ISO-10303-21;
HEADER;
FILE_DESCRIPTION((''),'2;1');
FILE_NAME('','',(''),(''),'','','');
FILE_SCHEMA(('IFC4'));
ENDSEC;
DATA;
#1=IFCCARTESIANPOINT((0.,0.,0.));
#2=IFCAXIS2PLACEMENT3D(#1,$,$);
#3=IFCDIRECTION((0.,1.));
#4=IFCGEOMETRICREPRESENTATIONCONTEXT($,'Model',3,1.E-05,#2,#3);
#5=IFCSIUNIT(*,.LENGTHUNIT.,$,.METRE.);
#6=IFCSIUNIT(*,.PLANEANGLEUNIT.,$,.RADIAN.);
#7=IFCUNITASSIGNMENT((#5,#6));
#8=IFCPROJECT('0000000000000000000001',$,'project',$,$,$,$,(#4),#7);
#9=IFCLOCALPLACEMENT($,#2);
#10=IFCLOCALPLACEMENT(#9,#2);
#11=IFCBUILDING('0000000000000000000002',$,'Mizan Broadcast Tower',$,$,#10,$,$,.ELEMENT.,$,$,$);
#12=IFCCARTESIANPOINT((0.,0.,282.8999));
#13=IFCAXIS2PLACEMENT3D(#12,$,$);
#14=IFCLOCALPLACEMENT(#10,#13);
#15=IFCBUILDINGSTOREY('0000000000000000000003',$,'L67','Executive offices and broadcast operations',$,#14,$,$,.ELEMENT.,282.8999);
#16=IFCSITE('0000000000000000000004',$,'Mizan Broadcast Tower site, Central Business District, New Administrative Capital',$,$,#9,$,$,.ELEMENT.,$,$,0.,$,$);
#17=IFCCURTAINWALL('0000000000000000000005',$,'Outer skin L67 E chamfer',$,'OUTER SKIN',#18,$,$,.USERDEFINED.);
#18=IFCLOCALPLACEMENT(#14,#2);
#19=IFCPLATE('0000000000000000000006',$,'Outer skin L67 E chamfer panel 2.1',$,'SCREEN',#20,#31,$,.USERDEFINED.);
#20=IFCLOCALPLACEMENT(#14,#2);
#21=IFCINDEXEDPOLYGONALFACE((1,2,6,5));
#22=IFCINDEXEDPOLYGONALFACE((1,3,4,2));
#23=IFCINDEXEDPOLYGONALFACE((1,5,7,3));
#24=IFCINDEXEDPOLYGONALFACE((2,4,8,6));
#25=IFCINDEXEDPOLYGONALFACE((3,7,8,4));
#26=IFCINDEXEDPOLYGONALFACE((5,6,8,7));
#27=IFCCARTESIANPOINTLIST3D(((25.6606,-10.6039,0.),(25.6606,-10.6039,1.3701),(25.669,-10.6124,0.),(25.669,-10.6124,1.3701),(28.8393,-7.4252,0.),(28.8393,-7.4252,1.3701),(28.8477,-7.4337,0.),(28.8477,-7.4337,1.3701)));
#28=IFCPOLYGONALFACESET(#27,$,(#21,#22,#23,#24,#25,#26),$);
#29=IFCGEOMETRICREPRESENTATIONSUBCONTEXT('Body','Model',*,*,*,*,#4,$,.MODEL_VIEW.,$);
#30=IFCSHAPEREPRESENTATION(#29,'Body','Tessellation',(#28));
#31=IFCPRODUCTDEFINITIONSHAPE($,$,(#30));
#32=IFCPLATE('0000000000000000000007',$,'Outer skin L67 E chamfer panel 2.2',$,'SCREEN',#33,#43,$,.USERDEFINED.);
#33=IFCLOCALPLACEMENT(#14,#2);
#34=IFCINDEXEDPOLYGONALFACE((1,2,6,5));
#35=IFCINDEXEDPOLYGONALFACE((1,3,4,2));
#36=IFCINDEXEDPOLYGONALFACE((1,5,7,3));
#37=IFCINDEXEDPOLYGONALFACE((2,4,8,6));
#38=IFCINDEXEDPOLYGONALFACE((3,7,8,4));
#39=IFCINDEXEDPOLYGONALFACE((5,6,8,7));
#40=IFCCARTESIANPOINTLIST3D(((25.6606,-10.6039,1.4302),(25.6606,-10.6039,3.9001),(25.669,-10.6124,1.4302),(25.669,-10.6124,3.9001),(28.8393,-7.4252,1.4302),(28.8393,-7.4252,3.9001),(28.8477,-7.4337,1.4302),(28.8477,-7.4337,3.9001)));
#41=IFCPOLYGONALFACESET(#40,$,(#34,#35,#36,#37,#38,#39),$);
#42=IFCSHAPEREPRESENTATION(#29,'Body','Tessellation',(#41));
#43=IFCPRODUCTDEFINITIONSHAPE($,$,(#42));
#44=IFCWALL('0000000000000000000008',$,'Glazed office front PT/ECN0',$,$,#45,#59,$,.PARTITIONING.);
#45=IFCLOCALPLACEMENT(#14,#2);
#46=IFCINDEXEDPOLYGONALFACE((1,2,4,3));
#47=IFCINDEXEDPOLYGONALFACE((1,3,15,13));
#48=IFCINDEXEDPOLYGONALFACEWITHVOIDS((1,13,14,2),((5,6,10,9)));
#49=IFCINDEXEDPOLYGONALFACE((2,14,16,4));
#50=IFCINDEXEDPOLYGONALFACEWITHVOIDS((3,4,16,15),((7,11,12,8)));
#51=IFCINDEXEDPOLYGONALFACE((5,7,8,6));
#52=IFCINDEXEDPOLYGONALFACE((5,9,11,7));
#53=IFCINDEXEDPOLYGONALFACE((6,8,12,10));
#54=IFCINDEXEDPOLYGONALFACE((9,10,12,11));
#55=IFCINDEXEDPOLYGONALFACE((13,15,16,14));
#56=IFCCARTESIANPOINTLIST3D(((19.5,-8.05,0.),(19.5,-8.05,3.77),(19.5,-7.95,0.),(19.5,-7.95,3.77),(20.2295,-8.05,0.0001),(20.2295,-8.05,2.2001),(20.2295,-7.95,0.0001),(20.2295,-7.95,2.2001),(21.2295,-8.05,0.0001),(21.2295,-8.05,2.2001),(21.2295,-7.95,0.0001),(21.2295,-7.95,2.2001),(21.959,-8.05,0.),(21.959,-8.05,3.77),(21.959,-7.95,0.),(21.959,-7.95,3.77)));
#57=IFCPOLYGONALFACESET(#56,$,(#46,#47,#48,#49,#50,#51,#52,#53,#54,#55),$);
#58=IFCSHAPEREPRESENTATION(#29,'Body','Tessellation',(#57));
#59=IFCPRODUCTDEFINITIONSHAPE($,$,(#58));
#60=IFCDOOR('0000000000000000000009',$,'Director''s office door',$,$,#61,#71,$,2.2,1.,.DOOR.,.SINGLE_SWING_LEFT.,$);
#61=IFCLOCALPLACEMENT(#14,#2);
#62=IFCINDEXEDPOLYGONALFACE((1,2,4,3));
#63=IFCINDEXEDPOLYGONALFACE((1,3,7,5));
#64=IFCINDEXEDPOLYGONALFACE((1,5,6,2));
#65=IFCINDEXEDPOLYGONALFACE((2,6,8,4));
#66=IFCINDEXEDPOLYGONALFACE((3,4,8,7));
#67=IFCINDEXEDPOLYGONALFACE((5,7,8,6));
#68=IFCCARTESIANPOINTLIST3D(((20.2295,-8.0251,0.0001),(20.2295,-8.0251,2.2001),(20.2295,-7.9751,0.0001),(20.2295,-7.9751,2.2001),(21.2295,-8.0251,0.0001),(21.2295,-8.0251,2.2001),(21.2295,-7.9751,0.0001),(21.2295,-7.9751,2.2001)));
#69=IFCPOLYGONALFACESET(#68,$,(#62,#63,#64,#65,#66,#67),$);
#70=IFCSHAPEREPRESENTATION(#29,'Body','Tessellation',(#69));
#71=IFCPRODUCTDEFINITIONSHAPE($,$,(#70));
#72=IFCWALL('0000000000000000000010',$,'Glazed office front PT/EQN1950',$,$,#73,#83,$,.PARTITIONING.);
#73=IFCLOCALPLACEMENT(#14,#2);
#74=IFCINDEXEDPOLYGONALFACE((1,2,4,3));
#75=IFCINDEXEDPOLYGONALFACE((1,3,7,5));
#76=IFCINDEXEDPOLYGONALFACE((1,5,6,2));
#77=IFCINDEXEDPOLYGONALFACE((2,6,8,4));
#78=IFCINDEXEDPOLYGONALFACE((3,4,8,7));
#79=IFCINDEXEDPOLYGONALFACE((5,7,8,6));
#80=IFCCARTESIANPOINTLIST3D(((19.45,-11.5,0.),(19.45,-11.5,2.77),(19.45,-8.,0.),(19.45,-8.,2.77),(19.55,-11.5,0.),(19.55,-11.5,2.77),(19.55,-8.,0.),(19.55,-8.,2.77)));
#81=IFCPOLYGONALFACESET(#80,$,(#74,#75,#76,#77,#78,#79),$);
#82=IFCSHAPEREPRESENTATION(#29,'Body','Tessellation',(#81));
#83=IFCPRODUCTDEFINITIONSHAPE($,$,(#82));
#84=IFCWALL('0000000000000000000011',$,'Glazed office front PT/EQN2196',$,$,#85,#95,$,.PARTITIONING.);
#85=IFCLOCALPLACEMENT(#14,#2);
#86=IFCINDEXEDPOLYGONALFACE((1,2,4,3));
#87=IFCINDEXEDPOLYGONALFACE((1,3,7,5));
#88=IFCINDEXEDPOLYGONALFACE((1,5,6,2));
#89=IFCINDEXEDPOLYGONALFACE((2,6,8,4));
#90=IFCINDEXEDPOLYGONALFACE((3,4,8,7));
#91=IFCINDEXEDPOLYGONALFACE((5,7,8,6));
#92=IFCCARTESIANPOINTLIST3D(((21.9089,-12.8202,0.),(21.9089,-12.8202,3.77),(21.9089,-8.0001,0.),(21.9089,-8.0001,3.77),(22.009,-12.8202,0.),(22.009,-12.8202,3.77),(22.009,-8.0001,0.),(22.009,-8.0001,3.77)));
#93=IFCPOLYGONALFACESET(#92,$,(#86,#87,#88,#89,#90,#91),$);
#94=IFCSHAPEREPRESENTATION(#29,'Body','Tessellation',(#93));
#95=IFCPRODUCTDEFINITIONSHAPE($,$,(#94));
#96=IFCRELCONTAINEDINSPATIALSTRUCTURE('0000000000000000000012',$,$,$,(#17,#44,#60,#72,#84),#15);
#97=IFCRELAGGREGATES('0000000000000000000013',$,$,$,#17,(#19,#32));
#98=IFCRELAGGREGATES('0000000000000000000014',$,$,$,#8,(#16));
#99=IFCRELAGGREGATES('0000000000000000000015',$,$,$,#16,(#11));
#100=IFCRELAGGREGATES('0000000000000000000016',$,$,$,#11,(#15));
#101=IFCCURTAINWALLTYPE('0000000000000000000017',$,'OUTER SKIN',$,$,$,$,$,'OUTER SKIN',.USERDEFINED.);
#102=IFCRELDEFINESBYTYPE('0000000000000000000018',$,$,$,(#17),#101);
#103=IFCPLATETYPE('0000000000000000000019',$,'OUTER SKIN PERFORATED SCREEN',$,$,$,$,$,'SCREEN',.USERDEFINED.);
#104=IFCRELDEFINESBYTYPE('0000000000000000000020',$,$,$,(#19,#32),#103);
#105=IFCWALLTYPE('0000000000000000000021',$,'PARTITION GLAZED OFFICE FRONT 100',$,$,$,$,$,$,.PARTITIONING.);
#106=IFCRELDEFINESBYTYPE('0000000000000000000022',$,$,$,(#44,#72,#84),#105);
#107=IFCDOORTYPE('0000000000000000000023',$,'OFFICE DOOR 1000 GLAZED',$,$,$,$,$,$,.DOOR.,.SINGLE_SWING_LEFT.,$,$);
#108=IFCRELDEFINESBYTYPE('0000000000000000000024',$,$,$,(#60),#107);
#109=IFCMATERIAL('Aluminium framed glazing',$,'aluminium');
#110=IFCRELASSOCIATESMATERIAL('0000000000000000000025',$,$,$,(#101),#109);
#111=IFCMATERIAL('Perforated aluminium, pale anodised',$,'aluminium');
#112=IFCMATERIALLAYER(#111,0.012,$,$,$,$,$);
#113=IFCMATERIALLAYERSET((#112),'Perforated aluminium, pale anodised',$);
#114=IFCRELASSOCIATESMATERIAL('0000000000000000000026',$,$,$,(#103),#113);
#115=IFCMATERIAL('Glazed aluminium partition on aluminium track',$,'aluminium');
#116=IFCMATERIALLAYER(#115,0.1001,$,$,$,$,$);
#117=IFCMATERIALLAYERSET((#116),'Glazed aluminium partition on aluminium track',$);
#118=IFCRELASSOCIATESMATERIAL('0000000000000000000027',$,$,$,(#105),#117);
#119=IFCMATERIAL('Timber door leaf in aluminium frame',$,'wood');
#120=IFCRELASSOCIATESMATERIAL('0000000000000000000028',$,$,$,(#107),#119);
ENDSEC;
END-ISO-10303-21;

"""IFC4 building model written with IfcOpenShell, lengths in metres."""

from ifc_helpers import new_model, si_unit, direction, frame, frame_2d, origin, origin_2d, place, context, subcontext, project, spatial, rectangle, extrude, material, layer, layer_set, type_object, element, fill, aggregate, save


model = new_model("IFC4")

# Units and contexts
model_context = context("Model", 3, precision=1e-05, world=origin(), true_north=direction((0.0, 1.0)))
body_context = subcontext(model_context, "Body", "Model", "MODEL_VIEW")
ifc_project = project(units=[si_unit("LENGTHUNIT", "METRE"), si_unit("PLANEANGLEUNIT", "RADIAN")], contexts=[model_context])

# Site, building, storey
site_placement = place(None, origin())
site = spatial("IfcSite", under=ifc_project, at=site_placement, Name="Mizan Broadcast Tower site, Central Business District, New Administrative Capital", CompositionType="ELEMENT", RefElevation=0.0)
building_placement = place(site_placement, origin())
building = spatial("IfcBuilding", under=site, at=building_placement, Name="Mizan Broadcast Tower", CompositionType="ELEMENT")
storey_placement = place(building_placement, frame((0.0, 0.0, 282.8999)))
storey = spatial("IfcBuildingStorey", under=building, at=storey_placement, Name="L67", Description="Executive offices and broadcast operations", CompositionType="ELEMENT", Elevation=282.8999)

# Curtain wall
ifc_material_1 = material(Name="Aluminium framed glazing", Category="aluminium")
curtain_wall_type_1 = type_object("IfcCurtainWallType", Name="OUTER SKIN", ElementType="OUTER SKIN", PredefinedType="USERDEFINED", material=ifc_material_1)
curtain_wall_1_placement = place(storey_placement, origin())
curtain_wall_1 = element("IfcCurtainWall", 1, at=curtain_wall_1_placement, inside=storey, type_object=curtain_wall_type_1, Name="Outer skin L67 E chamfer", ObjectType="OUTER SKIN", PredefinedType="USERDEFINED")

# Plates
ifc_material_2 = material(Name="Perforated aluminium, pale anodised", Category="aluminium")
ifc_layer_1 = layer(ifc_material_2, 0.012)
ifc_layer_set_1 = layer_set([ifc_layer_1], Name="Perforated aluminium, pale anodised")
plate_type_1 = type_object("IfcPlateType", Name="OUTER SKIN PERFORATED SCREEN", ElementType="SCREEN", PredefinedType="USERDEFINED", material=ifc_layer_set_1)
plate_1_placement = place(storey_placement, frame((27.2542, -9.0188, 0.0), z_axis=(0.0, 0.0, 1.0), x_axis=(0.707107, 0.707107, 0.0)))
plate_1 = element("IfcPlate", 2, at=plate_1_placement, type_object=plate_type_1, Name="Outer skin L67 E chamfer panel 2.1", ObjectType="SCREEN", PredefinedType="USERDEFINED", context=body_context, shape_type="SweptSolid", body=[
    extrude(rectangle(XDim=4.4954, YDim=0.012, at=origin_2d()), origin(), (0.0, 0.0, 1.0), 1.3701),
])
plate_2_placement = place(storey_placement, frame((27.2542, -9.0188, 1.4302), z_axis=(0.0, 0.0, 1.0), x_axis=(0.707107, 0.707107, 0.0)))
plate_2 = element("IfcPlate", 3, at=plate_2_placement, type_object=plate_type_1, Name="Outer skin L67 E chamfer panel 2.2", ObjectType="SCREEN", PredefinedType="USERDEFINED", context=body_context, shape_type="SweptSolid", body=[
    extrude(rectangle(XDim=4.4954, YDim=0.012, at=origin_2d()), origin(), (0.0, 0.0, 1.0), 2.47),
])
aggregate(curtain_wall_1, [plate_1, plate_2])

# Wall, opening, door
ifc_material_3 = material(Name="Glazed aluminium partition on aluminium track", Category="aluminium")
ifc_layer_2 = layer(ifc_material_3, 0.1001)
ifc_layer_set_2 = layer_set([ifc_layer_2], Name="Glazed aluminium partition on aluminium track")
wall_type = type_object("IfcWallType", Name="PARTITION GLAZED OFFICE FRONT 100", PredefinedType="PARTITIONING", material=ifc_layer_set_2)
wall_1_placement = place(storey_placement, frame((19.5, -8.0, 0.0), z_axis=(0.0, 0.0, 1.0), x_axis=(1.0, 0.0, 0.0)))
wall_1 = element("IfcWall", 4, at=wall_1_placement, inside=storey, type_object=wall_type, Name="Glazed office front PT/ECN0", PredefinedType="PARTITIONING", context=body_context, shape_type="SweptSolid", body=[
    extrude(rectangle(XDim=2.459, YDim=0.1001, at=frame_2d((1.2295, 0.0))), origin(), (0.0, 0.0, 1.0), 3.77),
])
opening_placement = place(wall_1_placement, frame((0.7295, 0.0, 0.0)))
opening = element("IfcOpeningElement", 5, at=opening_placement, cuts=wall_1, PredefinedType="OPENING", context=body_context, shape_type="SweptSolid", body=[
    extrude(rectangle(XDim=1.0, YDim=2.2, at=frame_2d((0.5, 1.1001))), frame((0.0, 0.0601, 0.0), z_axis=(0.0, -1.0, 0.0), x_axis=(1.0, 0.0, 0.0)), (0.0, 0.0, 1.0), 0.1201),
])
ifc_material_4 = material(Name="Timber door leaf in aluminium frame", Category="wood")
door_type = type_object("IfcDoorType", Name="OFFICE DOOR 1000 GLAZED", OperationType="SINGLE_SWING_LEFT", PredefinedType="DOOR", material=ifc_material_4)
door_placement = place(opening_placement, origin())
door = element("IfcDoor", 6, at=door_placement, inside=storey, type_object=door_type, Name="Director's office door", OperationType="SINGLE_SWING_LEFT", OverallHeight=2.2, OverallWidth=1.0, PredefinedType="DOOR", context=body_context, shape_type="SweptSolid", body=[
    extrude(rectangle(XDim=1.0, YDim=2.2, at=frame_2d((0.5, 1.1001))), frame((0.0, 0.0249, 0.0), z_axis=(0.0, -1.0, 0.0), x_axis=(1.0, 0.0, 0.0)), (0.0, 0.0, 1.0), 0.05),
])
fill(opening, door)

# Walls
wall_2_placement = place(storey_placement, frame((19.5, -8.0, 0.0), z_axis=(0.0, 0.0, 1.0), x_axis=(0.0, -1.0, 0.0)))
element("IfcWall", 7, at=wall_2_placement, inside=storey, type_object=wall_type, Name="Glazed office front PT/EQN1950", PredefinedType="PARTITIONING", context=body_context, shape_type="SweptSolid", body=[
    extrude(rectangle(XDim=3.5, YDim=0.1001, at=frame_2d((1.75, 0.0))), origin(), (0.0, 0.0, 1.0), 2.77),
])
wall_3_placement = place(storey_placement, frame((21.959, -8.0, 0.0), z_axis=(0.0, 0.0, 1.0), x_axis=(0.0, -1.0, 0.0)))
element("IfcWall", 8, at=wall_3_placement, inside=storey, type_object=wall_type, Name="Glazed office front PT/EQN2196", PredefinedType="PARTITIONING", context=body_context, shape_type="SweptSolid", body=[
    extrude(rectangle(XDim=4.8201, YDim=0.1001, at=frame_2d((2.4102, 0.0))), origin(), (0.0, 0.0, 1.0), 3.77),
])

save(model, "model.ifc")
